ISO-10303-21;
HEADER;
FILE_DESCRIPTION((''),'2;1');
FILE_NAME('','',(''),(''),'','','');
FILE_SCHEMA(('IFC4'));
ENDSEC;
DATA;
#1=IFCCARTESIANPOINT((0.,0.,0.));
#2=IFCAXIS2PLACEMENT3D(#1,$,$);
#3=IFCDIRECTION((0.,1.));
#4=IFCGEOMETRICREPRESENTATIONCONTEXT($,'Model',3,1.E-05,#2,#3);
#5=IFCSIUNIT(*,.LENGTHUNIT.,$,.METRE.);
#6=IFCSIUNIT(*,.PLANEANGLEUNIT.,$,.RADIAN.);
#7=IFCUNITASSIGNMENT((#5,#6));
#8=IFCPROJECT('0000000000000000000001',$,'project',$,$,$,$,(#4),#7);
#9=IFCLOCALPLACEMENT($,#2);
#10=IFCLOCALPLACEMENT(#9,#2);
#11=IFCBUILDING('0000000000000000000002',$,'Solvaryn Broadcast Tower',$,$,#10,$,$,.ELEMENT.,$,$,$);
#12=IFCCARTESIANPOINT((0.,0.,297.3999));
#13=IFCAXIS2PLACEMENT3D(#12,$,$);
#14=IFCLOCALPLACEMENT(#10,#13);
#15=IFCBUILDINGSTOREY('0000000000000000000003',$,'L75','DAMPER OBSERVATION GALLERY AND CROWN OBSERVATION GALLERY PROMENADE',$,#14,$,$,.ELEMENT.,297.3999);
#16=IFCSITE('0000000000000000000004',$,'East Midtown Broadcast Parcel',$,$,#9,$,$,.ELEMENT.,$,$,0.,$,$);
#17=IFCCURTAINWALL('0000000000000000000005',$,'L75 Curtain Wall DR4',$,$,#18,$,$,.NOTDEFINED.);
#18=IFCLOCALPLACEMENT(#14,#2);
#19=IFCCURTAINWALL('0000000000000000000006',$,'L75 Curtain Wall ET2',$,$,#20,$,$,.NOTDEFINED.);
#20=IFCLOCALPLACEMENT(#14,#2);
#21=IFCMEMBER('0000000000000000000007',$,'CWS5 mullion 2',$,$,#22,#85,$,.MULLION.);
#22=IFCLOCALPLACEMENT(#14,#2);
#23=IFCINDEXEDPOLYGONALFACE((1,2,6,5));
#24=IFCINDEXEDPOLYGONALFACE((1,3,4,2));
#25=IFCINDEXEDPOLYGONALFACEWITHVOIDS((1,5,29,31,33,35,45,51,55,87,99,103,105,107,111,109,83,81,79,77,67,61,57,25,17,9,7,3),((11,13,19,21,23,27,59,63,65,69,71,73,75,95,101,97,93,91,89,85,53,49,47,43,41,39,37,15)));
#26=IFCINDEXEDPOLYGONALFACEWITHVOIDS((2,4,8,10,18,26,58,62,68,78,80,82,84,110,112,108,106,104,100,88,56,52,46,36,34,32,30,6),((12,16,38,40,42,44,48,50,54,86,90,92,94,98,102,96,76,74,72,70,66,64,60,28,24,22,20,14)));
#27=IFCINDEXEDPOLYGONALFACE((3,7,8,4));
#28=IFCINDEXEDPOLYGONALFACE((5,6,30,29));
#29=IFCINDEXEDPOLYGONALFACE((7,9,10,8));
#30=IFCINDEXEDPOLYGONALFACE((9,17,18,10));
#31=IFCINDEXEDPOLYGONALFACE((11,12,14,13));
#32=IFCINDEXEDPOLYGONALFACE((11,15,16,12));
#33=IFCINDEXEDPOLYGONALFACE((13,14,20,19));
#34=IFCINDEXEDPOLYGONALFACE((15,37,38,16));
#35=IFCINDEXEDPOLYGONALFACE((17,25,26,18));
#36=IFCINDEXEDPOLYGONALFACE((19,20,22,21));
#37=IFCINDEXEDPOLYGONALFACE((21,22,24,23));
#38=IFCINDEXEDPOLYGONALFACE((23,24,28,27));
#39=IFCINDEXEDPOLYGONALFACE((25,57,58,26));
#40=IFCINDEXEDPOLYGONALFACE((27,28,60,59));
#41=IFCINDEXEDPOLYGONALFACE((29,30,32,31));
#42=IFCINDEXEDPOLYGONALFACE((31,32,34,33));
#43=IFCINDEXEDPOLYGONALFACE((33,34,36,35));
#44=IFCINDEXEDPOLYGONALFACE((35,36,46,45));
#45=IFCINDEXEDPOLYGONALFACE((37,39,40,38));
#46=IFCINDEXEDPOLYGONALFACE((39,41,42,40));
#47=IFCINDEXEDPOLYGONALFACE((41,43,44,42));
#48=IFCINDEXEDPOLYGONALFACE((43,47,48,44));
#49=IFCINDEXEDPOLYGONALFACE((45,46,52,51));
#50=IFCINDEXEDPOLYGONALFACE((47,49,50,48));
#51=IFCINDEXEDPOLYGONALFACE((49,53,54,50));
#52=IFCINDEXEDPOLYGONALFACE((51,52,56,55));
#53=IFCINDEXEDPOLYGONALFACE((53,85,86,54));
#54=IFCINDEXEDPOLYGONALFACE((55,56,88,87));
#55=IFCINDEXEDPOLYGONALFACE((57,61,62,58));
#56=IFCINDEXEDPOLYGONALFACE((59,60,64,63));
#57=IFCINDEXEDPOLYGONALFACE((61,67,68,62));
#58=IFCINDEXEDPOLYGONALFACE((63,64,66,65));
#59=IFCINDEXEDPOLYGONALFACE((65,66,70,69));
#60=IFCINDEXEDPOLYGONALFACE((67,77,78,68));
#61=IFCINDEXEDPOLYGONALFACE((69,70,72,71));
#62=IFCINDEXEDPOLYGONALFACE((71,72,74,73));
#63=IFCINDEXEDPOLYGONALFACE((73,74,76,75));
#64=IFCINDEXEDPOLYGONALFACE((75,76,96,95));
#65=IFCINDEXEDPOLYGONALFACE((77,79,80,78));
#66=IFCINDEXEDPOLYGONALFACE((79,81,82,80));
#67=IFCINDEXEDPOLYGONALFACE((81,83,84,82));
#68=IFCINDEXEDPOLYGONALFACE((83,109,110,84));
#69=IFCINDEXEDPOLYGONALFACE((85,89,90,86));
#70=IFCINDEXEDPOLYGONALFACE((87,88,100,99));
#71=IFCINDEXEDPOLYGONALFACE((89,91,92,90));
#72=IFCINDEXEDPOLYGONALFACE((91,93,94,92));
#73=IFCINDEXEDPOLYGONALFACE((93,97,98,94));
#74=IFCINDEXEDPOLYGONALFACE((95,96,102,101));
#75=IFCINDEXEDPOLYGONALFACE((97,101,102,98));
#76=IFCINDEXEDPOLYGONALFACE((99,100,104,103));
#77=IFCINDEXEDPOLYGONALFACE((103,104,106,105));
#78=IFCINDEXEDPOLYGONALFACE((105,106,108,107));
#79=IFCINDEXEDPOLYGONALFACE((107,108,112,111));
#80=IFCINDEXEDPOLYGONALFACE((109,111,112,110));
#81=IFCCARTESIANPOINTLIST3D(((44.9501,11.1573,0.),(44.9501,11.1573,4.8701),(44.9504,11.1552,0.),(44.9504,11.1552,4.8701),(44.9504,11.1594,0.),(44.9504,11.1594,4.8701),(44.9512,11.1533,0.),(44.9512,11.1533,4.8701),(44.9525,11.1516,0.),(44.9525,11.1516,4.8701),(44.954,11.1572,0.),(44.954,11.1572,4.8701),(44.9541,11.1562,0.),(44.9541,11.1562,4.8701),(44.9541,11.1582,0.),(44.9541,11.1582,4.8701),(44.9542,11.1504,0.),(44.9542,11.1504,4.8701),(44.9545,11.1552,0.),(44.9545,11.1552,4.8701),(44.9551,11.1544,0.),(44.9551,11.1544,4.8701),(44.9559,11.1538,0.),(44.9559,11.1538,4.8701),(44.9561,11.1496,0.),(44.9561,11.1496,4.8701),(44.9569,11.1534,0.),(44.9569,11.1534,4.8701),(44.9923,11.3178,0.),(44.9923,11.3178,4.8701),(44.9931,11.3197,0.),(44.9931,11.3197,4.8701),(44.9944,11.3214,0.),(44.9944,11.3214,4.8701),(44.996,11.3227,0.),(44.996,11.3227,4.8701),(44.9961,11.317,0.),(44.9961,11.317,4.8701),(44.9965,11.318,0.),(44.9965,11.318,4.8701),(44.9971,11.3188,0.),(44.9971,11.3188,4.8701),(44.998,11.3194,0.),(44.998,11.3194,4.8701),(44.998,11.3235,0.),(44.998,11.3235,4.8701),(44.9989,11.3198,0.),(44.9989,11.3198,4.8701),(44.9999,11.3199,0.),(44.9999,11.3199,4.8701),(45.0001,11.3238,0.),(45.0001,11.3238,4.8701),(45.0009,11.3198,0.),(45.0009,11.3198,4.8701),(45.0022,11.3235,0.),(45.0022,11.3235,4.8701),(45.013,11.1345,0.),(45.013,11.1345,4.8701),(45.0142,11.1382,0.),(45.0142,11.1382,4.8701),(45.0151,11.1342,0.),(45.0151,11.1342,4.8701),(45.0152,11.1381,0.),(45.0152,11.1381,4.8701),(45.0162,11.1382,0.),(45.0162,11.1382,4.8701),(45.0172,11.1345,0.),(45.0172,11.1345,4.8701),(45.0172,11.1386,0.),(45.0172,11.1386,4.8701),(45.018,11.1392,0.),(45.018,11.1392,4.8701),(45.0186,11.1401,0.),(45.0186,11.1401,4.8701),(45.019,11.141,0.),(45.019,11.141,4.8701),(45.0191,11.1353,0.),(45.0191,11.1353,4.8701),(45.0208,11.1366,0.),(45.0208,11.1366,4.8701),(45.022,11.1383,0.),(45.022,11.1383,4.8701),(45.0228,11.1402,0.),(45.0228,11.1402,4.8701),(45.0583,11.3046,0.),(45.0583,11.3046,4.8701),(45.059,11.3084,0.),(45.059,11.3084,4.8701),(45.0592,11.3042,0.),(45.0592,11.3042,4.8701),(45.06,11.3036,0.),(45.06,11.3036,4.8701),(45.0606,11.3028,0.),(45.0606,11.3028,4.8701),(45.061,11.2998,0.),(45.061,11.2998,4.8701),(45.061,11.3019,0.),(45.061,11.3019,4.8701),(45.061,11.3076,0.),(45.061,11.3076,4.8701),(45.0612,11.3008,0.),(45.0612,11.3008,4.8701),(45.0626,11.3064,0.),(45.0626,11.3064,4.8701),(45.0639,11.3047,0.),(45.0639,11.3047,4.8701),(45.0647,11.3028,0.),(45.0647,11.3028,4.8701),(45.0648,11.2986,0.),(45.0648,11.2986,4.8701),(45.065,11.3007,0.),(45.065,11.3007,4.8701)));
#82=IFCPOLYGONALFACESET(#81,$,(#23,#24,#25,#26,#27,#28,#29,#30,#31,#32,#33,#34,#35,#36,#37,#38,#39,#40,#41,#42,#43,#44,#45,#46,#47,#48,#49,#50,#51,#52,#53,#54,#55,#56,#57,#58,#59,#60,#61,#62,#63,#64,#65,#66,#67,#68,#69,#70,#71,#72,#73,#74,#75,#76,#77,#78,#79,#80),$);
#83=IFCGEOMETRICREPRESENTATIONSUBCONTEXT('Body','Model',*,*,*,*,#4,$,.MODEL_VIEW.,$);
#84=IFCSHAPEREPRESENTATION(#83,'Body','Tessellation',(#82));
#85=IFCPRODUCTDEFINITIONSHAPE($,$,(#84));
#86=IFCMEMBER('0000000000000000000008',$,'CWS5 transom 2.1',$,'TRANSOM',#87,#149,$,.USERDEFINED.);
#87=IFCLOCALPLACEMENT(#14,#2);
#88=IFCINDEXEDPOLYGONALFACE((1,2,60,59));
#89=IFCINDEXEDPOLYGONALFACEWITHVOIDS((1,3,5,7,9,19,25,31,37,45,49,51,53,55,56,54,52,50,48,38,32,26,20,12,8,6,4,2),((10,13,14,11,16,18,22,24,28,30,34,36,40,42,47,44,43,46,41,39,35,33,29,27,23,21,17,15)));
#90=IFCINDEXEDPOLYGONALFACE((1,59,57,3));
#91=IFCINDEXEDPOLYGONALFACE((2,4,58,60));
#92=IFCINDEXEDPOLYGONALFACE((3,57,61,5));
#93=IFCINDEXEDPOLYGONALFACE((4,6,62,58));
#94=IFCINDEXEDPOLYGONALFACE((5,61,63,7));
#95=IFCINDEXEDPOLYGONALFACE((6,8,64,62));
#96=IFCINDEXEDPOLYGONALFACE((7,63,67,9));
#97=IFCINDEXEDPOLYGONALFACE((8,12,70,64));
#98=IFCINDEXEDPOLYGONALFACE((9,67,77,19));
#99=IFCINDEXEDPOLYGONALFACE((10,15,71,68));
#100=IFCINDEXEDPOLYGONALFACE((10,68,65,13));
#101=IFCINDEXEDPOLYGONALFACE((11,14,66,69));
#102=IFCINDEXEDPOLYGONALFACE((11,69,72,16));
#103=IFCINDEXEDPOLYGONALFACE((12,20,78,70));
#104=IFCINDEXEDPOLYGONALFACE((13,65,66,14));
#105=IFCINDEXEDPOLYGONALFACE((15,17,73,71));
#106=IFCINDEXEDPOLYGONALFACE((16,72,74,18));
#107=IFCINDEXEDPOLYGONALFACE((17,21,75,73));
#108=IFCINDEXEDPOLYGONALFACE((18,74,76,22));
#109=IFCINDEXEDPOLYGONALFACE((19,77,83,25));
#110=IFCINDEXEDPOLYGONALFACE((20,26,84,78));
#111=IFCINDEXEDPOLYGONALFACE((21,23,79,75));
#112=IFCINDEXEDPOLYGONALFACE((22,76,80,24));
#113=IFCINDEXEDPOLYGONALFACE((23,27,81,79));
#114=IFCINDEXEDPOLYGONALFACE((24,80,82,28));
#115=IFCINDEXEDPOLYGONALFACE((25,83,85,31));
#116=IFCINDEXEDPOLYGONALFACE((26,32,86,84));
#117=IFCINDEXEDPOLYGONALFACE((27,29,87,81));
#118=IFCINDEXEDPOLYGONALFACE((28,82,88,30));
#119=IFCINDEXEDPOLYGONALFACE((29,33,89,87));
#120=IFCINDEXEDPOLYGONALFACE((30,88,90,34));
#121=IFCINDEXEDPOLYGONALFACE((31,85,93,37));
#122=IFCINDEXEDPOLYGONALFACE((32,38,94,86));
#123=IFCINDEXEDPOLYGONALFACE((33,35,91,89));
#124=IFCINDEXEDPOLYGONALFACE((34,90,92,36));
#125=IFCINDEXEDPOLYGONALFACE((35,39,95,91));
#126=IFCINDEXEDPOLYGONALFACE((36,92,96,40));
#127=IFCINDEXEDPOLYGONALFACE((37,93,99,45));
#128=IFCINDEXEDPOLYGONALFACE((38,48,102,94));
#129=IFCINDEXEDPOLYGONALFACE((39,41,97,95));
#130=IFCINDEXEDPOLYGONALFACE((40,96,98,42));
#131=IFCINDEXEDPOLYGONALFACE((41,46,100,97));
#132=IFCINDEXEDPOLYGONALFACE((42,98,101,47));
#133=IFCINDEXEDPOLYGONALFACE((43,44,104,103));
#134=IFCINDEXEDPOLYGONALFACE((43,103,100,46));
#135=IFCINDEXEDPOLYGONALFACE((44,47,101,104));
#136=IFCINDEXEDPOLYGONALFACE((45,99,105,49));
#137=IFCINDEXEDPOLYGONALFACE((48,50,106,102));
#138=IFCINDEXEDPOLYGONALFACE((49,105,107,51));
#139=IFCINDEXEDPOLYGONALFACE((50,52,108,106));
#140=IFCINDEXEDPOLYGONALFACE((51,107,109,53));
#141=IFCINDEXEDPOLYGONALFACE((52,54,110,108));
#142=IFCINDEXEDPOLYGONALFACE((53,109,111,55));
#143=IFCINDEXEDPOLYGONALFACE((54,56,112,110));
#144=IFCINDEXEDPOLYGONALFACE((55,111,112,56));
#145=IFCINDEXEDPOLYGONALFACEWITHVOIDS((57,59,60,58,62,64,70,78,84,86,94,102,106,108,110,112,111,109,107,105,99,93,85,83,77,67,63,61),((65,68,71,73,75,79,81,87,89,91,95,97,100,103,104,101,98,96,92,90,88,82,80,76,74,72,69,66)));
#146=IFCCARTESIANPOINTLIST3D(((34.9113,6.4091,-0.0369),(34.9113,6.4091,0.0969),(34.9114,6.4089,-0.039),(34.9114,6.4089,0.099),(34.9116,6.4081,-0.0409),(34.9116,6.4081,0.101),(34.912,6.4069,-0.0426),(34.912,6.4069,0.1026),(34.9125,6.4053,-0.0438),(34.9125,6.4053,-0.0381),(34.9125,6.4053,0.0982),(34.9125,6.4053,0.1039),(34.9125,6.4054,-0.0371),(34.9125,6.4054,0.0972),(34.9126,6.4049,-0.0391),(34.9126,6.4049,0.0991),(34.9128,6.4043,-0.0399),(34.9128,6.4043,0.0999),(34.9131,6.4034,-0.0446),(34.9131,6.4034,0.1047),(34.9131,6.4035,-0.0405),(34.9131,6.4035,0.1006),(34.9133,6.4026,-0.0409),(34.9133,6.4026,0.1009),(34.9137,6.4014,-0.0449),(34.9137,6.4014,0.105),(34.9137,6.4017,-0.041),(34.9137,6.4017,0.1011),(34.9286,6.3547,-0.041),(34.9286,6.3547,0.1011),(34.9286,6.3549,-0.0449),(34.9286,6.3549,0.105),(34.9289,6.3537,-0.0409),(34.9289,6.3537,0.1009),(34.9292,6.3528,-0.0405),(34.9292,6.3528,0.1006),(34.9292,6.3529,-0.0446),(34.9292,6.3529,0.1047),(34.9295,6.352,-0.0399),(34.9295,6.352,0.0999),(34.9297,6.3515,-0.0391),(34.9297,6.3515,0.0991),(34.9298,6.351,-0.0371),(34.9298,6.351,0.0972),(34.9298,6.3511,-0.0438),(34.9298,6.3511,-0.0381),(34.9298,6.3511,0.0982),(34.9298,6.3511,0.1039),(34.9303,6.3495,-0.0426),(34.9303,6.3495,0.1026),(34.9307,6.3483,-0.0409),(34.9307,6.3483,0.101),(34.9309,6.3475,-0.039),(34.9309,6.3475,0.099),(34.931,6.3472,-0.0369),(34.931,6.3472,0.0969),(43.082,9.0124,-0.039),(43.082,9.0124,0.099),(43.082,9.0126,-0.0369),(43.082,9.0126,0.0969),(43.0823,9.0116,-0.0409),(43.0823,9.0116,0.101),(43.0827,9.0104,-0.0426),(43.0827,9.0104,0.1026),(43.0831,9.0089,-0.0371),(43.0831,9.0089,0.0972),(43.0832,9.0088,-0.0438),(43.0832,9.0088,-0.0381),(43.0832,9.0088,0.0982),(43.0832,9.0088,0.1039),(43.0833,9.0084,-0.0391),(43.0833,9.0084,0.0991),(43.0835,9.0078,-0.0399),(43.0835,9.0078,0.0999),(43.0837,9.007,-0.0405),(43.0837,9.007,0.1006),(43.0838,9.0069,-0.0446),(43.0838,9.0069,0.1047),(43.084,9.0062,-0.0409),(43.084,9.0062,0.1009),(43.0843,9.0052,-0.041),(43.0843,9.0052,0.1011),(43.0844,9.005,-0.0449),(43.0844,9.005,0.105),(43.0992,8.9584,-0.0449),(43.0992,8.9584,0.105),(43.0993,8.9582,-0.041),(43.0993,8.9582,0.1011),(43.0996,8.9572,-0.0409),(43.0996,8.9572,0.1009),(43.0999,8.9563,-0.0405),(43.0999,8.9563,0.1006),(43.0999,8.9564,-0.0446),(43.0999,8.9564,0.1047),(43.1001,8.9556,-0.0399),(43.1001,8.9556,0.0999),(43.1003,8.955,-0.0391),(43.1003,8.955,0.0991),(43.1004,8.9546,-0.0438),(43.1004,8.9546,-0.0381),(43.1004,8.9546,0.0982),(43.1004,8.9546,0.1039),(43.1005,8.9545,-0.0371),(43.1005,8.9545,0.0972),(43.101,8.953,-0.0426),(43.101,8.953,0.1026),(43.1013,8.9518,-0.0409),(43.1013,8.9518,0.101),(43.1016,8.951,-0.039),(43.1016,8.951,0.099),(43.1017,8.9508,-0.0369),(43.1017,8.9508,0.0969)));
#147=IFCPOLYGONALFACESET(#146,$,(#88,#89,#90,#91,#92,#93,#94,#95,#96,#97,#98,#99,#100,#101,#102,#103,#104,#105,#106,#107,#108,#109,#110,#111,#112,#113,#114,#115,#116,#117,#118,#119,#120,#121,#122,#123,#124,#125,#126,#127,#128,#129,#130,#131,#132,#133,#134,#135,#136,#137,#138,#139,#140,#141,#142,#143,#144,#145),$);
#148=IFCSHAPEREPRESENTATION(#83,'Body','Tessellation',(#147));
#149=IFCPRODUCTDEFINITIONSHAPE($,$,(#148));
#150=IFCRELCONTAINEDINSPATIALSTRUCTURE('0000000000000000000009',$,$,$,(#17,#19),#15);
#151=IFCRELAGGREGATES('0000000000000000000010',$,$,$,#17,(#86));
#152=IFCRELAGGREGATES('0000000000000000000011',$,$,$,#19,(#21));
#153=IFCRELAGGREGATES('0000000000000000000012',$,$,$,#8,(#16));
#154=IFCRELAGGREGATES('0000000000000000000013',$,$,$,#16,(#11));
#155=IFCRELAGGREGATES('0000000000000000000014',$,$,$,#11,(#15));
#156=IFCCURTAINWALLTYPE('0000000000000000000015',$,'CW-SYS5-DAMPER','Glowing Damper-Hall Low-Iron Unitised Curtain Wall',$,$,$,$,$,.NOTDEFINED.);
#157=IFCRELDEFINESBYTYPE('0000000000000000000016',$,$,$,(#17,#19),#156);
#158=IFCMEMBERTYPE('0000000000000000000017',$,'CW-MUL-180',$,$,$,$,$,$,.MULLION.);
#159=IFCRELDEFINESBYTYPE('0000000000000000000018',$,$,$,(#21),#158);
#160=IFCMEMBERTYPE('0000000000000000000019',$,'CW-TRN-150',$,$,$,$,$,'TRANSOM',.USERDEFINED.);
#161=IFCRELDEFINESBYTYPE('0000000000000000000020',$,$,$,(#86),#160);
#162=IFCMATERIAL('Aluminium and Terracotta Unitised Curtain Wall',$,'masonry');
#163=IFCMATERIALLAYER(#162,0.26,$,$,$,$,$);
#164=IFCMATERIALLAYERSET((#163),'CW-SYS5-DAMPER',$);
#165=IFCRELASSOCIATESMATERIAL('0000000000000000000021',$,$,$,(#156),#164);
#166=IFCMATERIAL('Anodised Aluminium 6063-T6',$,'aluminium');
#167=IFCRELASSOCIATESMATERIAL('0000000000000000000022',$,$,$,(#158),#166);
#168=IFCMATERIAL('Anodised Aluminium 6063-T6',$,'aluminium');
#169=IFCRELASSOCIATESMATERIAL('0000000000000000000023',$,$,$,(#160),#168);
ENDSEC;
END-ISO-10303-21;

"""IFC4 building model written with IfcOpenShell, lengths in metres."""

from ifc_helpers import new_model, si_unit, direction, frame, origin, origin_2d, place, context, subcontext, project, spatial, hollow_rectangle, extrude, material, layer, layer_set, material_profile, profile_set, type_object, element, aggregate, save


model = new_model("IFC4")

# Units and contexts
model_context = context("Model", 3, precision=1e-05, world=origin(), true_north=direction((0.0, 1.0)))
body_context = subcontext(model_context, "Body", "Model", "MODEL_VIEW")
ifc_project = project(units=[si_unit("LENGTHUNIT", "METRE"), si_unit("PLANEANGLEUNIT", "RADIAN")], contexts=[model_context])

# Site, building, storey
site_placement = place(None, origin())
site = spatial("IfcSite", under=ifc_project, at=site_placement, Name="East Midtown Broadcast Parcel", CompositionType="ELEMENT", RefElevation=0.0)
building_placement = place(site_placement, origin())
building = spatial("IfcBuilding", under=site, at=building_placement, Name="Solvaryn Broadcast Tower", CompositionType="ELEMENT")
storey_placement = place(building_placement, frame((0.0, 0.0, 297.3999)))
storey = spatial("IfcBuildingStorey", under=building, at=storey_placement, Name="L75", Description="DAMPER OBSERVATION GALLERY AND CROWN OBSERVATION GALLERY PROMENADE", CompositionType="ELEMENT", Elevation=297.3999)

# Curtain wall
ifc_material_1 = material(Name="Aluminium and Terracotta Unitised Curtain Wall", Category="masonry")
ifc_layer_1 = layer(ifc_material_1, 0.26)
ifc_layer_set_1 = layer_set([ifc_layer_1], Name="CW-SYS5-DAMPER")
curtain_wall_type = type_object("IfcCurtainWallType", Name="CW-SYS5-DAMPER", Description="Glowing Damper-Hall Low-Iron Unitised Curtain Wall", PredefinedType="NOTDEFINED", material=ifc_layer_set_1)
curtain_wall_1_placement = place(storey_placement, origin())
curtain_wall_1 = element("IfcCurtainWall", 1, at=curtain_wall_1_placement, inside=storey, type_object=curtain_wall_type, Name="L75 Curtain Wall DR4", PredefinedType="NOTDEFINED")
ifc_material_2 = material(Name="Anodised Aluminium 6063-T6", Category="aluminium")
ifc_material_profile_1 = material_profile(ifc_material_2, hollow_rectangle(XDim=0.075, YDim=0.1799, WallThickness=0.0039, InnerFilletRadius=0.0039, OuterFilletRadius=0.0081, at=origin_2d()))
ifc_profile_set_1 = profile_set([ifc_material_profile_1], Name="Anodised Aluminium 6063-T6")
member_type_1 = type_object("IfcMemberType", Name="CW-MUL-180", PredefinedType="MULLION", material=ifc_profile_set_1)

# Curtain wall, member
curtain_wall_2_placement = place(storey_placement, origin())
curtain_wall_2 = element("IfcCurtainWall", 2, at=curtain_wall_2_placement, inside=storey, type_object=curtain_wall_type, Name="L75 Curtain Wall ET2", PredefinedType="NOTDEFINED")
member_1_placement = place(storey_placement, frame((45.0076, 11.229, 0.0), z_axis=(0.0, 0.0, 1.0), x_axis=(0.966705, -0.255893, 0.0)))
member_1 = element("IfcMember", 3, at=member_1_placement, type_object=member_type_1, Name="CWS5 mullion 2", PredefinedType="MULLION", context=body_context, shape_type="SweptSolid", body=[
    extrude(hollow_rectangle(XDim=0.075, YDim=0.1799, WallThickness=0.0039, InnerFilletRadius=0.0039, OuterFilletRadius=0.0081, at=origin_2d()), origin(), (0.0, 0.0, 1.0), 4.8701),
])

# Member
ifc_material_3 = material(Name="Anodised Aluminium 6063-T6", Category="aluminium")
ifc_material_profile_2 = material_profile(ifc_material_3, hollow_rectangle(XDim=0.0649, YDim=0.1499, WallThickness=0.0039, InnerFilletRadius=0.0039, OuterFilletRadius=0.0081, at=origin_2d()))
ifc_profile_set_2 = profile_set([ifc_material_profile_2], Name="Anodised Aluminium 6063-T6")
member_type_2 = type_object("IfcMemberType", Name="CW-TRN-150", ElementType="TRANSOM", PredefinedType="USERDEFINED", material=ifc_profile_set_2)
member_2_placement = place(storey_placement, frame((34.9211, 6.3782, 0.03), z_axis=(0.952799, 0.303602, 0.0), x_axis=(-0.303602, 0.952799, 0.0)))
member_2 = element("IfcMember", 4, at=member_2_placement, type_object=member_type_2, Name="CWS5 transom 2.1", ObjectType="TRANSOM", PredefinedType="USERDEFINED", context=body_context, shape_type="SweptSolid", body=[
    extrude(hollow_rectangle(XDim=0.0649, YDim=0.1499, WallThickness=0.0039, InnerFilletRadius=0.0039, OuterFilletRadius=0.0081, at=origin_2d()), origin(), (0.0, 0.0, 1.0), 8.5754),
])

aggregate(curtain_wall_1, [member_2])
aggregate(curtain_wall_2, [member_1])

save(model, "model.ifc")
